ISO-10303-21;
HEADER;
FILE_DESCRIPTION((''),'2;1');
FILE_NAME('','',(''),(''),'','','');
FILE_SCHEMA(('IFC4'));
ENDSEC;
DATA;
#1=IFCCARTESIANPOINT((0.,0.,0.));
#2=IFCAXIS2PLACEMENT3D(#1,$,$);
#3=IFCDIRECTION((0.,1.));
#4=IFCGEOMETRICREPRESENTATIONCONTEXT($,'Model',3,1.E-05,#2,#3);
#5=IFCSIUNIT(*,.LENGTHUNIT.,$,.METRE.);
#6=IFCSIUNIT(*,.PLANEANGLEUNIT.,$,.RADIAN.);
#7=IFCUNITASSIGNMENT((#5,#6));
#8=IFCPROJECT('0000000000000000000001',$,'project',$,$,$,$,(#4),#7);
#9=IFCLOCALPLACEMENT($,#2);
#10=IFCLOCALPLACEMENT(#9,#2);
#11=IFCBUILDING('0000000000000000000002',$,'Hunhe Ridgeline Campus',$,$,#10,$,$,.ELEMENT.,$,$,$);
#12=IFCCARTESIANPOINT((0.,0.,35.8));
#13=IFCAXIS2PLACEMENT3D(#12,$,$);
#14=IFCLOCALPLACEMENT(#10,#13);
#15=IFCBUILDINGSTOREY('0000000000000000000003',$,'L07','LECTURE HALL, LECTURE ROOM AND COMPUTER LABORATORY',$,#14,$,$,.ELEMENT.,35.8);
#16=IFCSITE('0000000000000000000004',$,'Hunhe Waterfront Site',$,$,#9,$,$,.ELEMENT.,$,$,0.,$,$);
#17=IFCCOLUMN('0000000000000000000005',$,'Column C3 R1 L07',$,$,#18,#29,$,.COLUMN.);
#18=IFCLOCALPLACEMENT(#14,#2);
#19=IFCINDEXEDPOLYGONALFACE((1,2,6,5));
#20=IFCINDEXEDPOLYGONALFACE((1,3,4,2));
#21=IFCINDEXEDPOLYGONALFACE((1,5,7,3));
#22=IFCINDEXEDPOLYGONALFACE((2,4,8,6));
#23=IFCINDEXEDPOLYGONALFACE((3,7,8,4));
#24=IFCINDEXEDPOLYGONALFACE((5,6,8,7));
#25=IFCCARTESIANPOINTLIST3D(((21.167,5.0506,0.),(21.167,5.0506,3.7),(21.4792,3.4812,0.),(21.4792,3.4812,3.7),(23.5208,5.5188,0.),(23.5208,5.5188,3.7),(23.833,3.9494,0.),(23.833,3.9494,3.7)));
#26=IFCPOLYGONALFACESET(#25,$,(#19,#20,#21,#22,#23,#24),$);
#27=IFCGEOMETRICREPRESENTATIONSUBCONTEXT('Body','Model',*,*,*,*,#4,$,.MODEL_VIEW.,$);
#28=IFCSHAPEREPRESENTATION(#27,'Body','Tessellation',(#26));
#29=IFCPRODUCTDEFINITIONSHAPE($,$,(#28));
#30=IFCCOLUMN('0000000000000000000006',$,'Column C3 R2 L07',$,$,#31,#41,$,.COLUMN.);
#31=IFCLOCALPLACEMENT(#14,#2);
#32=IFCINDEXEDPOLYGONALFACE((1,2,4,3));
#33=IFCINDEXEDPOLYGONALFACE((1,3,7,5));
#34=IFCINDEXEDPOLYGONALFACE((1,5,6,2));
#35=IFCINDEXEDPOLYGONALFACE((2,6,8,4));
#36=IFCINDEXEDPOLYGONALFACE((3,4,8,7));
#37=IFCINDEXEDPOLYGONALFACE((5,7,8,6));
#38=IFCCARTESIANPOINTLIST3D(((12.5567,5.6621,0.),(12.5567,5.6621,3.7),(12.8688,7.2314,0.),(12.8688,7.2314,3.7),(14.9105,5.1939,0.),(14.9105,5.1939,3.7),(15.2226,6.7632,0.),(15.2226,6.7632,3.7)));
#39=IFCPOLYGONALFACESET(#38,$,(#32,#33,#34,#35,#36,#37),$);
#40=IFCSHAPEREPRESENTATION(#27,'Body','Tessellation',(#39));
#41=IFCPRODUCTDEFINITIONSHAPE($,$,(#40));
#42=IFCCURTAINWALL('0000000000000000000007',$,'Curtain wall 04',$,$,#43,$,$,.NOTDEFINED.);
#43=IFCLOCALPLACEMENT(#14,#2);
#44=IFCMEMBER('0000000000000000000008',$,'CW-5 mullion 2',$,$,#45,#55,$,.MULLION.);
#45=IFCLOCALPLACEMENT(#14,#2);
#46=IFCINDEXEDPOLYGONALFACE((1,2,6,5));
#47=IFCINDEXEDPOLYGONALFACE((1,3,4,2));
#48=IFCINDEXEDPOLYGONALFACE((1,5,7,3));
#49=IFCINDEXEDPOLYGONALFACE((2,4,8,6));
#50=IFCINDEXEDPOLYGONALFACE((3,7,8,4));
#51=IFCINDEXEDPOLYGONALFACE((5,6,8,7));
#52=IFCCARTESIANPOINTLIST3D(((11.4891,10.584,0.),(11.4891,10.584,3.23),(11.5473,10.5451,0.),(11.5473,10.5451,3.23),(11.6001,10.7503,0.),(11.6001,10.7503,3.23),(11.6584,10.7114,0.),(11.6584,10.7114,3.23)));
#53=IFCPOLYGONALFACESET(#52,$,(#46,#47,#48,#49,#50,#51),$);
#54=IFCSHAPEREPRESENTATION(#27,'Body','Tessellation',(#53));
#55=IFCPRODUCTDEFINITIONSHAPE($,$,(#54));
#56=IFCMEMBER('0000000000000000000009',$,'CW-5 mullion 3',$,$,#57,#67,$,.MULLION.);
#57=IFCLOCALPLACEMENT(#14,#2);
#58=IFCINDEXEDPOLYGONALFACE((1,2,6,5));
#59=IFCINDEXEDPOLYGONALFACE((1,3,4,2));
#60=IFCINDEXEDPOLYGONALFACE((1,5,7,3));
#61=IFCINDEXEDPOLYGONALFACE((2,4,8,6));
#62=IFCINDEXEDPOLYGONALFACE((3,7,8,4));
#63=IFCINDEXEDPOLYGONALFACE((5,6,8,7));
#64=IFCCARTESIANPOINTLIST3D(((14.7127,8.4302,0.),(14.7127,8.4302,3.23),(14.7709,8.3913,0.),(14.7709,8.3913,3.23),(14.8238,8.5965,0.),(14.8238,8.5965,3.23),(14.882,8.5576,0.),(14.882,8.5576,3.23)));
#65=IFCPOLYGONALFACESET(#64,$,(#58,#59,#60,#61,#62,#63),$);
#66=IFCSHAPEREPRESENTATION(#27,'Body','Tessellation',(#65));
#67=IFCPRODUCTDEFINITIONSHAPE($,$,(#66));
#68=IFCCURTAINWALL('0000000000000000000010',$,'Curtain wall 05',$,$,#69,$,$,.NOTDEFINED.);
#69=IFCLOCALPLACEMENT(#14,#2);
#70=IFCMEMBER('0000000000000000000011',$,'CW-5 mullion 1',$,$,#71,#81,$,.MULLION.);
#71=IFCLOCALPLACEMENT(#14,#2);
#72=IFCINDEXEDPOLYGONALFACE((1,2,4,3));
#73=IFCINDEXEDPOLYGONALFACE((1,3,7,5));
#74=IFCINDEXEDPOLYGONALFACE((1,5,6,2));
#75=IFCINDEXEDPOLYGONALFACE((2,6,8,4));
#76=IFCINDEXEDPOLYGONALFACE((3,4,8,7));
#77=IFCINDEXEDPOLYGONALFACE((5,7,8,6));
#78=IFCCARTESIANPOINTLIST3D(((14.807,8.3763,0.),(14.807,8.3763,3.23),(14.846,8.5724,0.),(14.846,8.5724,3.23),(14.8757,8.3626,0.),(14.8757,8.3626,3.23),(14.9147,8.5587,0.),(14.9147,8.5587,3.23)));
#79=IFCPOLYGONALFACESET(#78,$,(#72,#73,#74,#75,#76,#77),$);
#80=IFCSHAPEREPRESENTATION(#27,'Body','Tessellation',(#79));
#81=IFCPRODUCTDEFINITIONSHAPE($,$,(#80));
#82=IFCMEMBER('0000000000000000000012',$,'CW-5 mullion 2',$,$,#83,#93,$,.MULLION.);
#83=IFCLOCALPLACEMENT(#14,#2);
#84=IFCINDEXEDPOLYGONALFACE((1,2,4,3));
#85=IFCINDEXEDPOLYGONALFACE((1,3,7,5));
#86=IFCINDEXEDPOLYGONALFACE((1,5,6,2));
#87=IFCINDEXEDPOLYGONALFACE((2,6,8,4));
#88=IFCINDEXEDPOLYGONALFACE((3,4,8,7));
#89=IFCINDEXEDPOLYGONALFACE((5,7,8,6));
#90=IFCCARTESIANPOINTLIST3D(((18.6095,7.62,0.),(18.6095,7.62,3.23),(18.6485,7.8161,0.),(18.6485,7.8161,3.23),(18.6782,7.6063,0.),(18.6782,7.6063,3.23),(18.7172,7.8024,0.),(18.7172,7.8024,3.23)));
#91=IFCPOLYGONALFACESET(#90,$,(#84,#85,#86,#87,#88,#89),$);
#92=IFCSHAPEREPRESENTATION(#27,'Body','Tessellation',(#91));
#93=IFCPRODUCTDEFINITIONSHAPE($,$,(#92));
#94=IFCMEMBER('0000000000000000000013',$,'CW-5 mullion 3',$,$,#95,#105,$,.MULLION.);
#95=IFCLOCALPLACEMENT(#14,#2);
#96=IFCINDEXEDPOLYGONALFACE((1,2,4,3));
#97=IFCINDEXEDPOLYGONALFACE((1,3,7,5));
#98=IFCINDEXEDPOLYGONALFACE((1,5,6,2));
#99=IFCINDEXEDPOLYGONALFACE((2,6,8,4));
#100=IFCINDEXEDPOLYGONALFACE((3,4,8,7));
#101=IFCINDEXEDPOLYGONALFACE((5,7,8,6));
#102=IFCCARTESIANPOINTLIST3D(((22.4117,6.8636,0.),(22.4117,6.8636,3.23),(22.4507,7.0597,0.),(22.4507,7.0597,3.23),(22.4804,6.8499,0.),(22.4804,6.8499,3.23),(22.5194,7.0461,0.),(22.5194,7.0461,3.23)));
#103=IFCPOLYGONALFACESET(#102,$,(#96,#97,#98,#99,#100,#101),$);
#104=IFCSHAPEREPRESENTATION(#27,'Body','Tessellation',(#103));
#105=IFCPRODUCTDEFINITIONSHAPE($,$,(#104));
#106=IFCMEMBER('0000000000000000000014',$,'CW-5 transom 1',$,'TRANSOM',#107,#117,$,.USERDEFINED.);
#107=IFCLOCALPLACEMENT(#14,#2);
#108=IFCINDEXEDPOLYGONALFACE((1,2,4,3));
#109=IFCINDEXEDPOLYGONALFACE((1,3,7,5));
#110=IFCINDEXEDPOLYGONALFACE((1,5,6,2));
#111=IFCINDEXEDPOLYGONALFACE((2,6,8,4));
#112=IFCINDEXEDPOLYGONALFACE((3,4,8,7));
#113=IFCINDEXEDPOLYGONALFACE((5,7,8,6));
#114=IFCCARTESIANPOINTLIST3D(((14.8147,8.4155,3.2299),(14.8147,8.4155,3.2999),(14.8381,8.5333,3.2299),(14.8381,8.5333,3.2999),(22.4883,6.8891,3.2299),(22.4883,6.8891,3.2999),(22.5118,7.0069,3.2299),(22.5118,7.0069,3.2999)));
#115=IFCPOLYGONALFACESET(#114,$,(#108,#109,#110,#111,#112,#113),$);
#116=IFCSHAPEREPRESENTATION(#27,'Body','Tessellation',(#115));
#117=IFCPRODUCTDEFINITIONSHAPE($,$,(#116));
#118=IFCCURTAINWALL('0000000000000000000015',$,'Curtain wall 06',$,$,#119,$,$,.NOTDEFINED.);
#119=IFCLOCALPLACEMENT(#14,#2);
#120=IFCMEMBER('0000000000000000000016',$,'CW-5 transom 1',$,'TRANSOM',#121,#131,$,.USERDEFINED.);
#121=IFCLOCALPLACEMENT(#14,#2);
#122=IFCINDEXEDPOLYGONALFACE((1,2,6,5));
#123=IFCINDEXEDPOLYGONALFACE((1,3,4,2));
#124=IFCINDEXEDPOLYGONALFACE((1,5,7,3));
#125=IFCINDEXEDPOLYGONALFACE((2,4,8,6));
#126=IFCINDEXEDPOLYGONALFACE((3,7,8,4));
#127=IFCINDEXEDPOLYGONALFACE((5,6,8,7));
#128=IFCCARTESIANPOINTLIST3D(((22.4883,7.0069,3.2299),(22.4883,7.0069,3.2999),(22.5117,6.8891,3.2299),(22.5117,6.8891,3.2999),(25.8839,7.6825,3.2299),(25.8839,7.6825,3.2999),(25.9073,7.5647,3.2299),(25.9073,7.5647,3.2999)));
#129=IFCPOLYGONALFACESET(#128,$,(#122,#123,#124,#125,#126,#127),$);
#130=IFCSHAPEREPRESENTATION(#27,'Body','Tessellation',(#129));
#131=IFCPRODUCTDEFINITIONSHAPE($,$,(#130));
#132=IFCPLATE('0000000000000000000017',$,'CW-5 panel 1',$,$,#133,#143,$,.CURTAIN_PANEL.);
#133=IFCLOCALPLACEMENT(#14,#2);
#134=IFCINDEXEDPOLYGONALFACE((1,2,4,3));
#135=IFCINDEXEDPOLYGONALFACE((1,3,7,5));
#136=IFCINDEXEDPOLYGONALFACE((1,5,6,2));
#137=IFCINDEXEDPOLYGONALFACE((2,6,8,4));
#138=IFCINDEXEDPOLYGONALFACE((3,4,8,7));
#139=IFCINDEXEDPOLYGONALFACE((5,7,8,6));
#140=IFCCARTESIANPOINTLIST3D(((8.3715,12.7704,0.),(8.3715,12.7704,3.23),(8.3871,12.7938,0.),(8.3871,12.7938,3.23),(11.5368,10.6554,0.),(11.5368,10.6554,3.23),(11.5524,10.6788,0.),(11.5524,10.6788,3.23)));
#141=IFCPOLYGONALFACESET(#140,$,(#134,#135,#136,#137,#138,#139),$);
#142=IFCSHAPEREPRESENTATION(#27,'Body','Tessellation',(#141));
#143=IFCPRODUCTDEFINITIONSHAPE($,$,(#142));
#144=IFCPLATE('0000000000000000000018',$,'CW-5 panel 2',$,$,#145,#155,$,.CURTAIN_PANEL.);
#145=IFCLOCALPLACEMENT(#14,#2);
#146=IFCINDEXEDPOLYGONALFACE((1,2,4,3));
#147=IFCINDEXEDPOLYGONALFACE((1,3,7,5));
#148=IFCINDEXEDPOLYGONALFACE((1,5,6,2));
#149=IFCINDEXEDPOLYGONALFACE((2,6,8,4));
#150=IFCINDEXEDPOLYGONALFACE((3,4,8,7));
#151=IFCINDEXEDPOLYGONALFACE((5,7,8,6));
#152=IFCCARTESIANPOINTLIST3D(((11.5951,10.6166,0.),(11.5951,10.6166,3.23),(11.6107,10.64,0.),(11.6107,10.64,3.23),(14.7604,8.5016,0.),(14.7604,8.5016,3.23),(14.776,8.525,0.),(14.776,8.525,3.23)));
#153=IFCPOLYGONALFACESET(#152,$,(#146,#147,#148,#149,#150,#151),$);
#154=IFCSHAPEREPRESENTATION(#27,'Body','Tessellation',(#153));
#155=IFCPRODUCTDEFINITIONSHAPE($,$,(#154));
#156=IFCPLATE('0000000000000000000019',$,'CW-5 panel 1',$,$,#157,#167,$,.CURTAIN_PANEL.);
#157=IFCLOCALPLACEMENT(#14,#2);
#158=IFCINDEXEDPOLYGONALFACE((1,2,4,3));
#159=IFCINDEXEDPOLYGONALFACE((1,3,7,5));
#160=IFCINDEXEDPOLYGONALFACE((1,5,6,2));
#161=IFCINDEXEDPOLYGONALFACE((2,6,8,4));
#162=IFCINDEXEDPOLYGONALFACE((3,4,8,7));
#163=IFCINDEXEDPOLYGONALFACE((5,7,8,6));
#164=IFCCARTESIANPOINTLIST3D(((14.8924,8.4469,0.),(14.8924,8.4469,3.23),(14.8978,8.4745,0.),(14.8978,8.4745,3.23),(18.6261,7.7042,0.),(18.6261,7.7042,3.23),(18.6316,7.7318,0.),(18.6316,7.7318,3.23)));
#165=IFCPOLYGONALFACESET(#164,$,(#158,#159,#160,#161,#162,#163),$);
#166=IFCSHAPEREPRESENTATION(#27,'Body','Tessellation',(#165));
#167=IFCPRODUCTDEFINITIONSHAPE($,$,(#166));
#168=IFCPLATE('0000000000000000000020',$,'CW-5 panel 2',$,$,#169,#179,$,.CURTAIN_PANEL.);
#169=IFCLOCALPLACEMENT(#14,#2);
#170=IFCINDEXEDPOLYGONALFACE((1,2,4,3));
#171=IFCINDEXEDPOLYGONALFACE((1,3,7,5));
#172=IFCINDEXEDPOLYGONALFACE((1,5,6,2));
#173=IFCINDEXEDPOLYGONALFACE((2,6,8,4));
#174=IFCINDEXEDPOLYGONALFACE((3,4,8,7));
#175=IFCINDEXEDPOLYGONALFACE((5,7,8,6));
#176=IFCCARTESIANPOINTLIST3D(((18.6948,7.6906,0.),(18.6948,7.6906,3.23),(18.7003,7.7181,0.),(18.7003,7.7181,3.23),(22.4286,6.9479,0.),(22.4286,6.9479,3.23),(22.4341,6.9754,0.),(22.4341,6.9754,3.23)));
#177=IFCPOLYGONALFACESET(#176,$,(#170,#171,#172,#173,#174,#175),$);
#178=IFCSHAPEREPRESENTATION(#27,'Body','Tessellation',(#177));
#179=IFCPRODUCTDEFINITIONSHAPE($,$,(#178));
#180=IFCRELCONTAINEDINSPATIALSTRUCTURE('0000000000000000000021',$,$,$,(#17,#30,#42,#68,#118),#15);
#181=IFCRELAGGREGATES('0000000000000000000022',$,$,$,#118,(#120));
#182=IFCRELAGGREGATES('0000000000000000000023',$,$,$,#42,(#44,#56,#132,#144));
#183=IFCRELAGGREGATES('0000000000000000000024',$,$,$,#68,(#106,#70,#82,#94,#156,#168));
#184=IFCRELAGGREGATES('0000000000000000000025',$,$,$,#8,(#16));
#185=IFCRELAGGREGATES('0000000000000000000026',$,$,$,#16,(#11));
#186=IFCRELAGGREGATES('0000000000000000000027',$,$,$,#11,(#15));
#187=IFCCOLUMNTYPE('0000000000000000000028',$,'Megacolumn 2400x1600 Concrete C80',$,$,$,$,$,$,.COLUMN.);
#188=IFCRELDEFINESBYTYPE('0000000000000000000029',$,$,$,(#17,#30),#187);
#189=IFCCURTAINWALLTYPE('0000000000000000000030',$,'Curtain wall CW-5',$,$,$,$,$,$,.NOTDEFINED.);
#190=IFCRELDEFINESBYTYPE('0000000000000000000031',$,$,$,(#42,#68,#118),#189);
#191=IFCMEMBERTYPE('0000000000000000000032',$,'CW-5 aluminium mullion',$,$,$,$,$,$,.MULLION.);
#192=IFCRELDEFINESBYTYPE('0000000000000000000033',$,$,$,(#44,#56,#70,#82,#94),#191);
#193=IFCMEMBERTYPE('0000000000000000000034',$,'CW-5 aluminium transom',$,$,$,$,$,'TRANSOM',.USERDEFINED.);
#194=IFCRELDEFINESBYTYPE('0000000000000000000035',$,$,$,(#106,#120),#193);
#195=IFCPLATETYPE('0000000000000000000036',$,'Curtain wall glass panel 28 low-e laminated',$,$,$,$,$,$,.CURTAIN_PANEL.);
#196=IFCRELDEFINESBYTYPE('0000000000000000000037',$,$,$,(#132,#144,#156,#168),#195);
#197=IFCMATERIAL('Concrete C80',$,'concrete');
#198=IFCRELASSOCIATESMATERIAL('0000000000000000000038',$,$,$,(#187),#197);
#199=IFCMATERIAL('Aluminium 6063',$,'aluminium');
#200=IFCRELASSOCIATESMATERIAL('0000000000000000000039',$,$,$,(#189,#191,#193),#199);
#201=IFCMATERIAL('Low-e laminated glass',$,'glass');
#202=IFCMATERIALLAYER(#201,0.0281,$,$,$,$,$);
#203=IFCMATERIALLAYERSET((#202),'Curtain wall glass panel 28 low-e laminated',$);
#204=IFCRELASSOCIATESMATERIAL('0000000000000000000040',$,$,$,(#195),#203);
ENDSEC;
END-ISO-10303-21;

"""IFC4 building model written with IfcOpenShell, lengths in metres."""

from ifc_helpers import new_model, si_unit, direction, frame, origin, origin_2d, place, context, subcontext, project, spatial, rectangle, extrude, material, layer, layer_set, material_profile, profile_set, type_object, element, aggregate, save


model = new_model("IFC4")

# Units and contexts
model_context = context("Model", 3, precision=1e-05, world=origin(), true_north=direction((0.0, 1.0)))
body_context = subcontext(model_context, "Body", "Model", "MODEL_VIEW")
ifc_project = project(units=[si_unit("LENGTHUNIT", "METRE"), si_unit("PLANEANGLEUNIT", "RADIAN")], contexts=[model_context])

# Site, building, storey
site_placement = place(None, origin())
site = spatial("IfcSite", under=ifc_project, at=site_placement, Name="Hunhe Waterfront Site", CompositionType="ELEMENT", RefElevation=0.0)
building_placement = place(site_placement, origin())
building = spatial("IfcBuilding", under=site, at=building_placement, Name="Hunhe Ridgeline Campus", CompositionType="ELEMENT")
storey_placement = place(building_placement, frame((0.0, 0.0, 35.8)))
storey = spatial("IfcBuildingStorey", under=building, at=storey_placement, Name="L07", Description="LECTURE HALL, LECTURE ROOM AND COMPUTER LABORATORY", CompositionType="ELEMENT", Elevation=35.8)

# Columns
ifc_material_1 = material(Name="Concrete C80", Category="concrete")
ifc_material_profile_1 = material_profile(ifc_material_1, rectangle(XDim=2.3999, YDim=1.6001, at=origin_2d()))
ifc_profile_set_1 = profile_set([ifc_material_profile_1], Name="Concrete C80")
column_type = type_object("IfcColumnType", Name="Megacolumn 2400x1600 Concrete C80", PredefinedType="COLUMN", material=ifc_profile_set_1)
for number, where, z_axis, x_axis, name in (
    (1, (22.5, 4.5, 0.0), (0.0, 0.0, 1.0), (0.980785, 0.19509, 0.0), "Column C3 R1 L07"),
    (2, (13.8896, 6.2126, 0.0), (0.0, 0.0, 1.0), (-0.980785, 0.19509, 0.0), "Column C3 R2 L07"),
):
    element("IfcColumn", number, at=place(storey_placement, frame(where, z_axis=z_axis, x_axis=x_axis)), inside=storey, type_object=column_type, Name=name, PredefinedType="COLUMN", context=body_context, shape_type="SweptSolid", body=[
        extrude(rectangle(XDim=2.3999, YDim=1.6001, at=origin_2d()), origin(), (0.0, 0.0, 1.0), 3.7),
    ])

# Curtain walls, members
ifc_material_2 = material(Name="Aluminium 6063", Category="aluminium")
curtain_wall_type = type_object("IfcCurtainWallType", Name="Curtain wall CW-5", PredefinedType="NOTDEFINED", material=ifc_material_2)
curtain_wall_1_placement = place(storey_placement, origin())
curtain_wall_1 = element("IfcCurtainWall", 3, at=curtain_wall_1_placement, inside=storey, type_object=curtain_wall_type, Name="Curtain wall 04", PredefinedType="NOTDEFINED")
ifc_material_profile_2 = material_profile(ifc_material_2, rectangle(XDim=0.2, YDim=0.0701, at=origin_2d()))
ifc_profile_set_2 = profile_set([ifc_material_profile_2], Name="Aluminium 6063")
member_type_1 = type_object("IfcMemberType", Name="CW-5 aluminium mullion", PredefinedType="MULLION", material=ifc_profile_set_2)
member_1_placement = place(storey_placement, frame((11.5737, 10.6477, 0.0), z_axis=(0.0, 0.0, 1.0), x_axis=(0.55557, 0.83147, 0.0)))
member_1 = element("IfcMember", 4, at=member_1_placement, type_object=member_type_1, Name="CW-5 mullion 2", PredefinedType="MULLION", context=body_context, shape_type="SweptSolid", body=[
    extrude(rectangle(XDim=0.2, YDim=0.0701, at=origin_2d()), origin(), (0.0, 0.0, 1.0), 3.23),
])
member_2_placement = place(storey_placement, frame((14.7974, 8.4939, 0.0), z_axis=(0.0, 0.0, 1.0), x_axis=(0.55557, 0.83147, 0.0)))
member_2 = element("IfcMember", 5, at=member_2_placement, type_object=member_type_1, Name="CW-5 mullion 3", PredefinedType="MULLION", context=body_context, shape_type="SweptSolid", body=[
    extrude(rectangle(XDim=0.2, YDim=0.0701, at=origin_2d()), origin(), (0.0, 0.0, 1.0), 3.23),
])
curtain_wall_2_placement = place(storey_placement, origin())
curtain_wall_2 = element("IfcCurtainWall", 6, at=curtain_wall_2_placement, inside=storey, type_object=curtain_wall_type, Name="Curtain wall 05", PredefinedType="NOTDEFINED")
member_3_placement = place(storey_placement, frame((14.8608, 8.4675, 0.0), z_axis=(0.0, 0.0, 1.0), x_axis=(0.19509, 0.980785, 0.0)))
member_3 = element("IfcMember", 7, at=member_3_placement, type_object=member_type_1, Name="CW-5 mullion 1", PredefinedType="MULLION", context=body_context, shape_type="SweptSolid", body=[
    extrude(rectangle(XDim=0.2, YDim=0.0701, at=origin_2d()), origin(), (0.0, 0.0, 1.0), 3.23),
])
member_4_placement = place(storey_placement, frame((18.6633, 7.7112, 0.0), z_axis=(0.0, 0.0, 1.0), x_axis=(0.19509, 0.980785, 0.0)))
member_4 = element("IfcMember", 8, at=member_4_placement, type_object=member_type_1, Name="CW-5 mullion 2", PredefinedType="MULLION", context=body_context, shape_type="SweptSolid", body=[
    extrude(rectangle(XDim=0.2, YDim=0.0701, at=origin_2d()), origin(), (0.0, 0.0, 1.0), 3.23),
])
member_5_placement = place(storey_placement, frame((22.4656, 6.9548, 0.0), z_axis=(0.0, 0.0, 1.0), x_axis=(0.19509, 0.980785, 0.0)))
member_5 = element("IfcMember", 9, at=member_5_placement, type_object=member_type_1, Name="CW-5 mullion 3", PredefinedType="MULLION", context=body_context, shape_type="SweptSolid", body=[
    extrude(rectangle(XDim=0.2, YDim=0.0701, at=origin_2d()), origin(), (0.0, 0.0, 1.0), 3.23),
])
ifc_material_profile_3 = material_profile(ifc_material_2, rectangle(XDim=0.1201, YDim=0.0701, at=origin_2d()))
ifc_profile_set_3 = profile_set([ifc_material_profile_3], Name="Aluminium 6063")
member_type_2 = type_object("IfcMemberType", Name="CW-5 aluminium transom", ElementType="TRANSOM", PredefinedType="USERDEFINED", material=ifc_profile_set_3)
member_6_placement = place(storey_placement, frame((14.8264, 8.4744, 3.2649), z_axis=(0.980785, -0.19509, 0.0), x_axis=(0.19509, 0.980785, 0.0)))
member_6 = element("IfcMember", 10, at=member_6_placement, type_object=member_type_2, Name="CW-5 transom 1", ObjectType="TRANSOM", PredefinedType="USERDEFINED", context=body_context, shape_type="SweptSolid", body=[
    extrude(rectangle(XDim=0.1201, YDim=0.0701, at=origin_2d()), origin(), (0.0, 0.0, 1.0), 7.824),
])

# Curtain wall, member
curtain_wall_3_placement = place(storey_placement, origin())
curtain_wall_3 = element("IfcCurtainWall", 11, at=curtain_wall_3_placement, inside=storey, type_object=curtain_wall_type, Name="Curtain wall 06", PredefinedType="NOTDEFINED")
member_7_placement = place(storey_placement, frame((22.5, 6.948, 3.2649), z_axis=(0.980778, 0.195126, 0.0), x_axis=(-0.195126, 0.980778, 0.0)))
member_7 = element("IfcMember", 12, at=member_7_placement, type_object=member_type_2, Name="CW-5 transom 1", ObjectType="TRANSOM", PredefinedType="USERDEFINED", context=body_context, shape_type="SweptSolid", body=[
    extrude(rectangle(XDim=0.1201, YDim=0.0701, at=origin_2d()), origin(), (0.0, 0.0, 1.0), 3.4622),
])
aggregate(curtain_wall_3, [member_7])

# Plates
ifc_material_3 = material(Name="Low-e laminated glass", Category="glass")
ifc_layer_1 = layer(ifc_material_3, 0.0281)
ifc_layer_set_1 = layer_set([ifc_layer_1], Name="Curtain wall glass panel 28 low-e laminated")
plate_type = type_object("IfcPlateType", Name="Curtain wall glass panel 28 low-e laminated", PredefinedType="CURTAIN_PANEL", material=ifc_layer_set_1)
plate_1_placement = place(storey_placement, frame((9.9619, 11.7246, 0.0), z_axis=(0.0, 0.0, 1.0), x_axis=(0.83147, -0.55557, 0.0)))
plate_1 = element("IfcPlate", 13, at=plate_1_placement, type_object=plate_type, Name="CW-5 panel 1", PredefinedType="CURTAIN_PANEL", context=body_context, shape_type="SweptSolid", body=[
    extrude(rectangle(XDim=3.8069, YDim=0.0281, at=origin_2d()), origin(), (0.0, 0.0, 1.0), 3.23),
])
plate_2_placement = place(storey_placement, frame((13.1855, 9.5708, 0.0), z_axis=(0.0, 0.0, 1.0), x_axis=(0.83147, -0.55557, 0.0)))
plate_2 = element("IfcPlate", 14, at=plate_2_placement, type_object=plate_type, Name="CW-5 panel 2", PredefinedType="CURTAIN_PANEL", context=body_context, shape_type="SweptSolid", body=[
    extrude(rectangle(XDim=3.8069, YDim=0.0281, at=origin_2d()), origin(), (0.0, 0.0, 1.0), 3.23),
])
aggregate(curtain_wall_1, [member_1, member_2, plate_1, plate_2])
plate_3_placement = place(storey_placement, frame((16.762, 8.0894, 0.0), z_axis=(0.0, 0.0, 1.0), x_axis=(0.980785, -0.19509, 0.0)))
plate_3 = element("IfcPlate", 15, at=plate_3_placement, type_object=plate_type, Name="CW-5 panel 1", PredefinedType="CURTAIN_PANEL", context=body_context, shape_type="SweptSolid", body=[
    extrude(rectangle(XDim=3.8069, YDim=0.0281, at=origin_2d()), origin(), (0.0, 0.0, 1.0), 3.23),
])
plate_4_placement = place(storey_placement, frame((20.5645, 7.333, 0.0), z_axis=(0.0, 0.0, 1.0), x_axis=(0.980785, -0.19509, 0.0)))
plate_4 = element("IfcPlate", 16, at=plate_4_placement, type_object=plate_type, Name="CW-5 panel 2", PredefinedType="CURTAIN_PANEL", context=body_context, shape_type="SweptSolid", body=[
    extrude(rectangle(XDim=3.8069, YDim=0.0281, at=origin_2d()), origin(), (0.0, 0.0, 1.0), 3.23),
])
aggregate(curtain_wall_2, [member_6, member_3, member_4, member_5, plate_3, plate_4])

save(model, "model.ifc")
